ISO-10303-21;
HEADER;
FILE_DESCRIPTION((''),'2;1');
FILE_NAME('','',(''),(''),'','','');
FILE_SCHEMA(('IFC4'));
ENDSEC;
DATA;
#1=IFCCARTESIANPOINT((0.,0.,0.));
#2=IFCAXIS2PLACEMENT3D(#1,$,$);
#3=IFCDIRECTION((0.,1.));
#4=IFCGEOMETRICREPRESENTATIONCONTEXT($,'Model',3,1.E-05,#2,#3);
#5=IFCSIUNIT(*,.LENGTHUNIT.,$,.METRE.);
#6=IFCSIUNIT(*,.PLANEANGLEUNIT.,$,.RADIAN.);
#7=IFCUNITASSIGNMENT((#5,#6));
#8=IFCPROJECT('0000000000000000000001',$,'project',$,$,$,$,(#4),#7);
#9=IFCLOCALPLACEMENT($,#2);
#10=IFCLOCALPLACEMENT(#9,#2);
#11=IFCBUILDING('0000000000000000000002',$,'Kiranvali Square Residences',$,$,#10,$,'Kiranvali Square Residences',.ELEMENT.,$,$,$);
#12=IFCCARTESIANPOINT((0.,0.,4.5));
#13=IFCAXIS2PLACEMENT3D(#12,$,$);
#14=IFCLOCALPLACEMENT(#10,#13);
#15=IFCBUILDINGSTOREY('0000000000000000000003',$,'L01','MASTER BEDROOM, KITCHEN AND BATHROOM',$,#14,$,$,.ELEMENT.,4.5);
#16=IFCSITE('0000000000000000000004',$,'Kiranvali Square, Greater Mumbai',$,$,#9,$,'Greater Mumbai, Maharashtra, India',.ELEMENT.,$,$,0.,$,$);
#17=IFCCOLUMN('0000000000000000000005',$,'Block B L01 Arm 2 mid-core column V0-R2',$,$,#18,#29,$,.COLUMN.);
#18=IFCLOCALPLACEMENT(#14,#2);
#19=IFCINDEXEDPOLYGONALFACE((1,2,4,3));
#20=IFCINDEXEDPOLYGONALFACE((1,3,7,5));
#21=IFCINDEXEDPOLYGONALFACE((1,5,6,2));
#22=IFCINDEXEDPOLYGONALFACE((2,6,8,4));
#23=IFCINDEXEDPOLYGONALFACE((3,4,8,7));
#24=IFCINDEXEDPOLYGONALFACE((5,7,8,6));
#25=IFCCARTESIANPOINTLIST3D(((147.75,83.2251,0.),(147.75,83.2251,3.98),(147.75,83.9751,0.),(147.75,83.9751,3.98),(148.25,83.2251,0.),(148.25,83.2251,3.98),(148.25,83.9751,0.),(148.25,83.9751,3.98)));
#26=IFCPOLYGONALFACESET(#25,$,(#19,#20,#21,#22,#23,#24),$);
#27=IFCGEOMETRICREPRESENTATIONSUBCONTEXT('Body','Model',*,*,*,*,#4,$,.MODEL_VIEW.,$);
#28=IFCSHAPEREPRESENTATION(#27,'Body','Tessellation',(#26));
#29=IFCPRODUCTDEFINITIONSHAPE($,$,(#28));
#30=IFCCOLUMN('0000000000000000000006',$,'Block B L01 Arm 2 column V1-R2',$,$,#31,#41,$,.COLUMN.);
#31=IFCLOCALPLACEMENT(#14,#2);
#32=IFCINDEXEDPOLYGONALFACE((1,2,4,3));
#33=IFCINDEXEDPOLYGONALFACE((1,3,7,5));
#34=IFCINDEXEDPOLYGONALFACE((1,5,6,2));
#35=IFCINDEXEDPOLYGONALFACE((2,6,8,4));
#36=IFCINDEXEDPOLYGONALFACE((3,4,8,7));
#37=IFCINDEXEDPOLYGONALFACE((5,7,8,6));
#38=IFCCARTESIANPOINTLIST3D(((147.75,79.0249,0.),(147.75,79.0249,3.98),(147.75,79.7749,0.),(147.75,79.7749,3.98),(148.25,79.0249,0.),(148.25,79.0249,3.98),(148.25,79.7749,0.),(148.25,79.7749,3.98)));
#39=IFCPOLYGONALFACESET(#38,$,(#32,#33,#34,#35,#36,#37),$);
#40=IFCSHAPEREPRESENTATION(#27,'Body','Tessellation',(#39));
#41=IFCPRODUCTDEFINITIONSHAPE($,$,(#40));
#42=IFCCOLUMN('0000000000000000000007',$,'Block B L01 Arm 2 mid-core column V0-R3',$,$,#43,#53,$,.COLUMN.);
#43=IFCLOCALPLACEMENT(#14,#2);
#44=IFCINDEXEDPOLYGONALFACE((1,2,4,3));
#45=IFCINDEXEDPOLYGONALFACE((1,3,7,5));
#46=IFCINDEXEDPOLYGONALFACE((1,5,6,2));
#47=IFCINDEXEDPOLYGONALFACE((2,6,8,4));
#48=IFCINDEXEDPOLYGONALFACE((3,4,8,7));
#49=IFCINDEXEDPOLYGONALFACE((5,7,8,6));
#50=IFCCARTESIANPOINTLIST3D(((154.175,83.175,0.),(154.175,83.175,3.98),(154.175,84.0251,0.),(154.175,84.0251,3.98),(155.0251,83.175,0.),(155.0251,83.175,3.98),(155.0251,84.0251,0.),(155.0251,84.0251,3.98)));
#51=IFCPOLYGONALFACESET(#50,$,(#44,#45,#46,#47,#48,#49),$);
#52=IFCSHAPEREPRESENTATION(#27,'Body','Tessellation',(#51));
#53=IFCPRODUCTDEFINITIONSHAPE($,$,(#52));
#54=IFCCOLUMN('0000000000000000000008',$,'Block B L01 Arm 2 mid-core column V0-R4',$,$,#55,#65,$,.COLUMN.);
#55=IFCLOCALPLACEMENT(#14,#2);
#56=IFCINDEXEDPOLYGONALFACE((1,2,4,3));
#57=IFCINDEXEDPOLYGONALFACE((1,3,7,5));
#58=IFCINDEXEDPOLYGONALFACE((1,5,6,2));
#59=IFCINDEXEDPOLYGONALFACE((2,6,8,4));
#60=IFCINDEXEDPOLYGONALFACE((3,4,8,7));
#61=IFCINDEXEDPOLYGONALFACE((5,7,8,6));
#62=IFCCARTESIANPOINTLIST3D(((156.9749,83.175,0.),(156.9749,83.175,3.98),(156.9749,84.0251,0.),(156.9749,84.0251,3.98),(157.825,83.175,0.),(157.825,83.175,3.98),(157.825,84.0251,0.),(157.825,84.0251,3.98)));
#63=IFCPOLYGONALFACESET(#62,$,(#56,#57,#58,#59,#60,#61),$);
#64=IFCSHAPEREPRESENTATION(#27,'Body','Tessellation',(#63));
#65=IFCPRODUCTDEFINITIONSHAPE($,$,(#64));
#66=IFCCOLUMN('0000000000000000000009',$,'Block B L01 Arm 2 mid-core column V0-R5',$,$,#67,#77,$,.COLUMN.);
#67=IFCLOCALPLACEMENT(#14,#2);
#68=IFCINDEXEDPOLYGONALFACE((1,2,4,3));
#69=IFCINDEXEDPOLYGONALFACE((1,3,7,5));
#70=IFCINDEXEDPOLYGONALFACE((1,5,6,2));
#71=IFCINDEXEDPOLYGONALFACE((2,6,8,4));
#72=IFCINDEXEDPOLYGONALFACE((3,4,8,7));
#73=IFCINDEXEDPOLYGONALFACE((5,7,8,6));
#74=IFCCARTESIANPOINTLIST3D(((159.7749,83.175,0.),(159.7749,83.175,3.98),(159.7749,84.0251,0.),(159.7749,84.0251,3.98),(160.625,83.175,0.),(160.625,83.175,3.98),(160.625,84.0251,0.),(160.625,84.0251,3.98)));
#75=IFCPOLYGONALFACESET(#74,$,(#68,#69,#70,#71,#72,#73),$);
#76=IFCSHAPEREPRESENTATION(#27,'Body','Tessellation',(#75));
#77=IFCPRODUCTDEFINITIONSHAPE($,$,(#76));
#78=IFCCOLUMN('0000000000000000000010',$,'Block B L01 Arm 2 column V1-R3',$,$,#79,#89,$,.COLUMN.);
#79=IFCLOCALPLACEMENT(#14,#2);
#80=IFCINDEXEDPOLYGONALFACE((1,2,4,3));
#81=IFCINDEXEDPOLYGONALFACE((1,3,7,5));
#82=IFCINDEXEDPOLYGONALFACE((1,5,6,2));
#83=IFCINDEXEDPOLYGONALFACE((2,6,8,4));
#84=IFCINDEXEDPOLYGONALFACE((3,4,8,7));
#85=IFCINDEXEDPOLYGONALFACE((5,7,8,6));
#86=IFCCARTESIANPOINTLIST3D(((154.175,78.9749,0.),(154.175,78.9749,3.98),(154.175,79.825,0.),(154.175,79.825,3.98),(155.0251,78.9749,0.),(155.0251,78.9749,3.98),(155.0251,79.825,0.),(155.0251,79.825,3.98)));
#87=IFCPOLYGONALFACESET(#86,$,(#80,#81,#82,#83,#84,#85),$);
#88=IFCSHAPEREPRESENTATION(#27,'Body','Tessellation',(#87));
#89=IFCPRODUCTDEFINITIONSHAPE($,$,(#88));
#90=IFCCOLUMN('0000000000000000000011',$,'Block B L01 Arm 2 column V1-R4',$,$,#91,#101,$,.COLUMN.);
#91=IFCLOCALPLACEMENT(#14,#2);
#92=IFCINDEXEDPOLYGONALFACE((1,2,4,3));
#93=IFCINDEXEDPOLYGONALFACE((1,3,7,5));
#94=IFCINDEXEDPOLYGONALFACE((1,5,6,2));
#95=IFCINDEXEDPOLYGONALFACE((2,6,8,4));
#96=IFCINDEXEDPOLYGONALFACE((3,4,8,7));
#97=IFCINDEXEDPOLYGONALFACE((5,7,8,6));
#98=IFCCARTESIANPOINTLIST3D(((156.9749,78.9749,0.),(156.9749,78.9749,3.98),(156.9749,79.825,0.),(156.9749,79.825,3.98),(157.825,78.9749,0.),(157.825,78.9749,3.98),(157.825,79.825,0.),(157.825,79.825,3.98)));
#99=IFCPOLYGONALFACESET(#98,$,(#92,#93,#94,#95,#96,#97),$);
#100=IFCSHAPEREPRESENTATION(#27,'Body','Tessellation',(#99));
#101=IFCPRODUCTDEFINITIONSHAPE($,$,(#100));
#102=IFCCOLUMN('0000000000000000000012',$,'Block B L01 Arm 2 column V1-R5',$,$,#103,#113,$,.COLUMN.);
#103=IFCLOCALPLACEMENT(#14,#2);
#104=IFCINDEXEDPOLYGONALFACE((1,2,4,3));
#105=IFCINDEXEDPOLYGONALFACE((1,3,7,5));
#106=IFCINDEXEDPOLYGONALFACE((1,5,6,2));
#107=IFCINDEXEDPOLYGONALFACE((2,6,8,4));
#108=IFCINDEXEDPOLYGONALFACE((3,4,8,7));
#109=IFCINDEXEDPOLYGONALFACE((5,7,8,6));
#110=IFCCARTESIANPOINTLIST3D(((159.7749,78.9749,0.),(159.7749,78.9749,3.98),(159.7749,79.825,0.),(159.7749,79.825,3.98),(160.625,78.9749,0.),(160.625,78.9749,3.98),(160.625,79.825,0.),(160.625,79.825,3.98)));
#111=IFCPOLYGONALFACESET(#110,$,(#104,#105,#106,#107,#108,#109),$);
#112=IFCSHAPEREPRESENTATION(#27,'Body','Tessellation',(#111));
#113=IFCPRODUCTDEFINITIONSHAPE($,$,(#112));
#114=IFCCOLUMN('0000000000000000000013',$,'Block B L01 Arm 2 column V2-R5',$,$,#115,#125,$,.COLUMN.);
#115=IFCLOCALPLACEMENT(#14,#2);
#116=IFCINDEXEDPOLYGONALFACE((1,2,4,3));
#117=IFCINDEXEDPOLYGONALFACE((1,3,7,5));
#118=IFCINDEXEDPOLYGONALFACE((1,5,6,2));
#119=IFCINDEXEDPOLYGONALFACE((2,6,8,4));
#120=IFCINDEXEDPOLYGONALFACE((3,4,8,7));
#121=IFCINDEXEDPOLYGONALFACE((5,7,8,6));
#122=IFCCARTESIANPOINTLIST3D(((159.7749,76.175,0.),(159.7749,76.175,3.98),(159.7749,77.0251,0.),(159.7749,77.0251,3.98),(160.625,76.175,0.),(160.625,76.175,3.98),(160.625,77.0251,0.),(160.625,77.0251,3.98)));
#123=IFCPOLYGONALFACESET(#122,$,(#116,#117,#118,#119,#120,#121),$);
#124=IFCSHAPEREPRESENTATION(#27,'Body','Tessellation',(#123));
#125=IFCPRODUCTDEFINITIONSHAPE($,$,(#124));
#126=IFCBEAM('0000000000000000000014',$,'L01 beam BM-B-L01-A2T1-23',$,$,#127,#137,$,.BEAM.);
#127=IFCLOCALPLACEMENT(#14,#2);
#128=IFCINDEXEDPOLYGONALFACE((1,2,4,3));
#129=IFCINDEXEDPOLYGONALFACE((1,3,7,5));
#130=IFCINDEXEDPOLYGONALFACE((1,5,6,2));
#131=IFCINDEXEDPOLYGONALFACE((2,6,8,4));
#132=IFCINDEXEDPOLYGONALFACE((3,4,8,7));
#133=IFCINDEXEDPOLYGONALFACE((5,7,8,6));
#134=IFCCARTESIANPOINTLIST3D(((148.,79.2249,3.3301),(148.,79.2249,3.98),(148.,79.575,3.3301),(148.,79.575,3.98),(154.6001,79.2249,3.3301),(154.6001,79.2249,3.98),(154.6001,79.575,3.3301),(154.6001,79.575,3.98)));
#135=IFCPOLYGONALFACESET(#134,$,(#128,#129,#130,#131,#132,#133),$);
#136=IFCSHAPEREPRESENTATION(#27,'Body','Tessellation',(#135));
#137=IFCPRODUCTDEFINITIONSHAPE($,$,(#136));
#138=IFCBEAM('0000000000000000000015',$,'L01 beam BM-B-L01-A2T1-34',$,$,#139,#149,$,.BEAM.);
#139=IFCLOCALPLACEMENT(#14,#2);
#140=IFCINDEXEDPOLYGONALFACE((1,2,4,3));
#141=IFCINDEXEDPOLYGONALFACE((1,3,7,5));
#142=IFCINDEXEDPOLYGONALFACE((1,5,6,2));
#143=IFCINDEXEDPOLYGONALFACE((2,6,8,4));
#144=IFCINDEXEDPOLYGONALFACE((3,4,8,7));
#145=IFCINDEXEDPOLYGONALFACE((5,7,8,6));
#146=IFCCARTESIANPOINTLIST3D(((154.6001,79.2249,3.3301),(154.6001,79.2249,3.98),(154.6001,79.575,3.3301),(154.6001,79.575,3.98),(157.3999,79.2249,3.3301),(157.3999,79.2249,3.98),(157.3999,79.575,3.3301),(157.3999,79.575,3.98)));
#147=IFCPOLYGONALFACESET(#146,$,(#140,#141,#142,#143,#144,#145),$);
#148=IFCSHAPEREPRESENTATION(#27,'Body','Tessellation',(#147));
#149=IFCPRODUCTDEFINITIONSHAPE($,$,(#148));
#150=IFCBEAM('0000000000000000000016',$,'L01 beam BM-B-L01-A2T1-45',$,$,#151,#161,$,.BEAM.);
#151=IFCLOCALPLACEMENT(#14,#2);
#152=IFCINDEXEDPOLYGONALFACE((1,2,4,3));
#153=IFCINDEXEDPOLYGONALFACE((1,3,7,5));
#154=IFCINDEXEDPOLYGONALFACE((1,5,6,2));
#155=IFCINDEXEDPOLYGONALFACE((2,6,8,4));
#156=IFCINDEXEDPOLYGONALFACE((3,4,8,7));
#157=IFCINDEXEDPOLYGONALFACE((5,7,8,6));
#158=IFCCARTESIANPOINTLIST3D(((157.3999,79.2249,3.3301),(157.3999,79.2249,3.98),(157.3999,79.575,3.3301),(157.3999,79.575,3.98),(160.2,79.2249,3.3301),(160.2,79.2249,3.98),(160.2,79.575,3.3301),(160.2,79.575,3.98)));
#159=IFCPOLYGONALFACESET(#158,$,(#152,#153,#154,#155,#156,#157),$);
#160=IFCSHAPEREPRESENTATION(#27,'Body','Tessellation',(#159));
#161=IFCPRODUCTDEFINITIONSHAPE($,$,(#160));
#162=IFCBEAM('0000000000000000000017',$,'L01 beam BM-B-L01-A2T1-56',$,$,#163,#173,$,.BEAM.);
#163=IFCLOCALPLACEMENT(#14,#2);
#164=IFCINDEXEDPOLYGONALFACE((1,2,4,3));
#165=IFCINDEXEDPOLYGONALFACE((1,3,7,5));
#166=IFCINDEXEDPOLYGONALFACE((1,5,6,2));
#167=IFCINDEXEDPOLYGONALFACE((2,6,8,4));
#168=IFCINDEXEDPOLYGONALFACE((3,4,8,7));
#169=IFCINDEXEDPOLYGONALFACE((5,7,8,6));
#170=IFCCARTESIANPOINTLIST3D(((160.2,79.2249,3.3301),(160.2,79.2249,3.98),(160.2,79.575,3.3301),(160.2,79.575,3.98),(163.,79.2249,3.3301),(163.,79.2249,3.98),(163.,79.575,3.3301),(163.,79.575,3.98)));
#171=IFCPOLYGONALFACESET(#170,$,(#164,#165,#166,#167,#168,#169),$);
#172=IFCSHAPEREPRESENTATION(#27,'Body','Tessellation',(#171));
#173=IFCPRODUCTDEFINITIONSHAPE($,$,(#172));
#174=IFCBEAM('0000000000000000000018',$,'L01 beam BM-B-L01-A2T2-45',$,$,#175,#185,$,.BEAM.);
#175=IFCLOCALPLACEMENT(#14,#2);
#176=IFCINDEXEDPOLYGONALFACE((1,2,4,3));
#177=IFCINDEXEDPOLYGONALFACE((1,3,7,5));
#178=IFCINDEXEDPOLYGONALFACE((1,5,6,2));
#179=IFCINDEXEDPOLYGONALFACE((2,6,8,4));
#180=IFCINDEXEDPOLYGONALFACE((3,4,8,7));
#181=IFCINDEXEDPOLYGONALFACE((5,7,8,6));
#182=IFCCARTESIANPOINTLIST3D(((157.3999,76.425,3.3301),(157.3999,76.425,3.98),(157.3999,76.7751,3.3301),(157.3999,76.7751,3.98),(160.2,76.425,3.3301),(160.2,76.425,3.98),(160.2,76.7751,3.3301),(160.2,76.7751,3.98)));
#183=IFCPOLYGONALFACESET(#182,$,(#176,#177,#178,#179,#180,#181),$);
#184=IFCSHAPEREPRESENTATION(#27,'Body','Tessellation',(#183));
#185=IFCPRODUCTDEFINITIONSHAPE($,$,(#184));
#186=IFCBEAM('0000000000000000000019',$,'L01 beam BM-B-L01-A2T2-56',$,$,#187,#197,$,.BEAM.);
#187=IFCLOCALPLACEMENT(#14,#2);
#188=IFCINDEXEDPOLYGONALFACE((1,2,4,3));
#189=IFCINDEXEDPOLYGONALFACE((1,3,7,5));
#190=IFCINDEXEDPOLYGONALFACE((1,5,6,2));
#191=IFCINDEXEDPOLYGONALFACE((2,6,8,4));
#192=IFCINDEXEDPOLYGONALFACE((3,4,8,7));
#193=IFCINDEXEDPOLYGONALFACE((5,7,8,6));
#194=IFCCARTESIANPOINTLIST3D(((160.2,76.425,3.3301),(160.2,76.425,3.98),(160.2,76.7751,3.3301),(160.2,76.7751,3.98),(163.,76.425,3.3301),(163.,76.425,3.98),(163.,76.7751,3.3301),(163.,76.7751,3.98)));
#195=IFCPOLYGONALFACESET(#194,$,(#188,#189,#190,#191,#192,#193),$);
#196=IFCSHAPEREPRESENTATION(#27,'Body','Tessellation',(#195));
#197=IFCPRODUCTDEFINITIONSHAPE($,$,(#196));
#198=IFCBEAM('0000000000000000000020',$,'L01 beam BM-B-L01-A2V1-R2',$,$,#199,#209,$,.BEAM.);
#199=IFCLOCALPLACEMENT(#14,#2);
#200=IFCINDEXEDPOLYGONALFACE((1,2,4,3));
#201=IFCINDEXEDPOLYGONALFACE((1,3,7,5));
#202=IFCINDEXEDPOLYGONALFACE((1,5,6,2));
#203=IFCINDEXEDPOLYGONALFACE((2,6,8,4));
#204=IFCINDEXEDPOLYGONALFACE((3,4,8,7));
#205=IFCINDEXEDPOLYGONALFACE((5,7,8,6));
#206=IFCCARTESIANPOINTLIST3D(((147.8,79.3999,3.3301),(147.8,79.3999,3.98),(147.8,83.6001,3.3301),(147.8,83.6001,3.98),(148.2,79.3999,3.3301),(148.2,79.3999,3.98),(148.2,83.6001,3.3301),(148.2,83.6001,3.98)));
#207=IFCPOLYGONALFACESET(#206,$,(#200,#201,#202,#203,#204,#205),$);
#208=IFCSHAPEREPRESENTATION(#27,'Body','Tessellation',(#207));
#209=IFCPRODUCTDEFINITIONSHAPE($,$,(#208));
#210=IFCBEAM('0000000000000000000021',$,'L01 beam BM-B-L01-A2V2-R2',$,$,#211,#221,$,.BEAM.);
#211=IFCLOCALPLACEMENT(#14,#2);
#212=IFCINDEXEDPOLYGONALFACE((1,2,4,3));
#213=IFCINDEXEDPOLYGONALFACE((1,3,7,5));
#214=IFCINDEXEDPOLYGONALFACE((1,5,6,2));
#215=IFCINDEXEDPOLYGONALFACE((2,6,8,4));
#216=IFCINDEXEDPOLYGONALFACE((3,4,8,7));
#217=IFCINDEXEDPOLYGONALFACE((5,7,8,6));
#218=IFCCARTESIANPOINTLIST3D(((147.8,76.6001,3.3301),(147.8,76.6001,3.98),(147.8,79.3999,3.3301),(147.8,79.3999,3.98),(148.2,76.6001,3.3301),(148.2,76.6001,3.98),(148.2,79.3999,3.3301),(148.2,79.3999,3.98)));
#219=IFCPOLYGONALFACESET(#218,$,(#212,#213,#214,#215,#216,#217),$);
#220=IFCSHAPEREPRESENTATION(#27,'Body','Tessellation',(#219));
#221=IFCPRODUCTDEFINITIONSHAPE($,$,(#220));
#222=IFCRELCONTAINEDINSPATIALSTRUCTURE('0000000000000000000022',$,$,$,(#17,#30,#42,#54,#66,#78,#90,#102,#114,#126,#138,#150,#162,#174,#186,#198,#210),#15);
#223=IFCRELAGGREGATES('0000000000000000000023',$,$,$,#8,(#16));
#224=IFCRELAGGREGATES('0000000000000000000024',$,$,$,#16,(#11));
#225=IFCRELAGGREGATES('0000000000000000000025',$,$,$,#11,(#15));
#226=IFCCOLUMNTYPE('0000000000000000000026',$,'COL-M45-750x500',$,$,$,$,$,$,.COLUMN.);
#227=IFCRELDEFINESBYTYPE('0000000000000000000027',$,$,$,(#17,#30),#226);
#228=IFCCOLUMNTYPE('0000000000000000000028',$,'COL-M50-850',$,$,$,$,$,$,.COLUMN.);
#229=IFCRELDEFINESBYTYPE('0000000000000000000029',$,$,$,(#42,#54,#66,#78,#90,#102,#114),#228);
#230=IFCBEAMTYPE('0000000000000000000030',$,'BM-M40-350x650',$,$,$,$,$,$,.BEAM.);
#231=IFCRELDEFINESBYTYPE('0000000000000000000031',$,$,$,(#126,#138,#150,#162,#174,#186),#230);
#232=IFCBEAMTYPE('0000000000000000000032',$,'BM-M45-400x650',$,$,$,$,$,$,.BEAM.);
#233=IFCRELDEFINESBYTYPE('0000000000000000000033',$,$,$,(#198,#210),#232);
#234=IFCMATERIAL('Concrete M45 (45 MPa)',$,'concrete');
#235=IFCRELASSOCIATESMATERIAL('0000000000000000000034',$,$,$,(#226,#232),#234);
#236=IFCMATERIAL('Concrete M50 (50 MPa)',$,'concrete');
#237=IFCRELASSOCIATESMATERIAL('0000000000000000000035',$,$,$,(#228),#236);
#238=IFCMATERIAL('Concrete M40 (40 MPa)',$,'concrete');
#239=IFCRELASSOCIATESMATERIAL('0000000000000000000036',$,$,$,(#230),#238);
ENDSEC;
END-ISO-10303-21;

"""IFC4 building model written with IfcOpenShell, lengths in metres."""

from ifc_helpers import new_model, si_unit, direction, frame, origin, origin_2d, place, context, subcontext, project, spatial, rectangle, extrude, material, material_profile, profile_set, type_object, element, save


model = new_model("IFC4")

# Units and contexts
model_context = context("Model", 3, precision=1e-05, world=origin(), true_north=direction((0.0, 1.0)))
body_context = subcontext(model_context, "Body", "Model", "MODEL_VIEW")
ifc_project = project(units=[si_unit("LENGTHUNIT", "METRE"), si_unit("PLANEANGLEUNIT", "RADIAN")], contexts=[model_context])

# Site, building, storey
site_placement = place(None, origin())
site = spatial("IfcSite", under=ifc_project, at=site_placement, Name="Kiranvali Square, Greater Mumbai", LongName="Greater Mumbai, Maharashtra, India", CompositionType="ELEMENT", RefElevation=0.0)
building_placement = place(site_placement, origin())
building = spatial("IfcBuilding", under=site, at=building_placement, Name="Kiranvali Square Residences", LongName="Kiranvali Square Residences", CompositionType="ELEMENT")
storey_placement = place(building_placement, frame((0.0, 0.0, 4.5)))
storey = spatial("IfcBuildingStorey", under=building, at=storey_placement, Name="L01", Description="MASTER BEDROOM, KITCHEN AND BATHROOM", CompositionType="ELEMENT", Elevation=4.5)

# Columns
ifc_material_1 = material(Name="Concrete M45 (45 MPa)", Category="concrete")
ifc_material_profile_1 = material_profile(ifc_material_1, rectangle(XDim=0.5, YDim=0.75, at=origin_2d()), Name="RC 750x500")
ifc_profile_set_1 = profile_set([ifc_material_profile_1], Name="Concrete M45 (45 MPa)")
column_type_1 = type_object("IfcColumnType", Name="COL-M45-750x500", PredefinedType="COLUMN", material=ifc_profile_set_1)
for number, where, z_axis, x_axis, name in (
    (1, (148.0, 83.6001, 0.0), (0.0, 0.0, 1.0), (1.0, 0.0, 0.0), "Block B L01 Arm 2 mid-core column V0-R2"),
    (2, (148.0, 79.3999, 0.0), (0.0, 0.0, 1.0), (1.0, 0.0, 0.0), "Block B L01 Arm 2 column V1-R2"),
):
    element("IfcColumn", number, at=place(storey_placement, frame(where, z_axis=z_axis, x_axis=x_axis)), inside=storey, type_object=column_type_1, Name=name, PredefinedType="COLUMN", context=body_context, shape_type="SweptSolid", body=[
        extrude(rectangle(XDim=0.5, YDim=0.75, at=origin_2d()), origin(), (0.0, 0.0, 1.0), 3.98),
    ])
ifc_material_2 = material(Name="Concrete M50 (50 MPa)", Category="concrete")
ifc_material_profile_2 = material_profile(ifc_material_2, rectangle(XDim=0.8501, YDim=0.8501, at=origin_2d()), Name="RC 850x850")
ifc_profile_set_2 = profile_set([ifc_material_profile_2], Name="Concrete M50 (50 MPa)")
column_type_2 = type_object("IfcColumnType", Name="COL-M50-850", PredefinedType="COLUMN", material=ifc_profile_set_2)
for number, where, z_axis, x_axis, name in (
    (3, (154.6001, 83.6001, 0.0), (0.0, 0.0, 1.0), (1.0, 0.0, 0.0), "Block B L01 Arm 2 mid-core column V0-R3"),
    (4, (157.3999, 83.6001, 0.0), (0.0, 0.0, 1.0), (1.0, 0.0, 0.0), "Block B L01 Arm 2 mid-core column V0-R4"),
    (5, (160.2, 83.6001, 0.0), (0.0, 0.0, 1.0), (1.0, 0.0, 0.0), "Block B L01 Arm 2 mid-core column V0-R5"),
    (6, (154.6001, 79.3999, 0.0), (0.0, 0.0, 1.0), (1.0, 0.0, 0.0), "Block B L01 Arm 2 column V1-R3"),
    (7, (157.3999, 79.3999, 0.0), (0.0, 0.0, 1.0), (1.0, 0.0, 0.0), "Block B L01 Arm 2 column V1-R4"),
    (8, (160.2, 79.3999, 0.0), (0.0, 0.0, 1.0), (1.0, 0.0, 0.0), "Block B L01 Arm 2 column V1-R5"),
    (9, (160.2, 76.6001, 0.0), (0.0, 0.0, 1.0), (1.0, 0.0, 0.0), "Block B L01 Arm 2 column V2-R5"),
):
    element("IfcColumn", number, at=place(storey_placement, frame(where, z_axis=z_axis, x_axis=x_axis)), inside=storey, type_object=column_type_2, Name=name, PredefinedType="COLUMN", context=body_context, shape_type="SweptSolid", body=[
        extrude(rectangle(XDim=0.8501, YDim=0.8501, at=origin_2d()), origin(), (0.0, 0.0, 1.0), 3.98),
    ])

# Beams
ifc_material_3 = material(Name="Concrete M40 (40 MPa)", Category="concrete")
ifc_material_profile_3 = material_profile(ifc_material_3, rectangle(XDim=0.3501, YDim=0.6499, at=origin_2d()), Name="RC 350x650")
ifc_profile_set_3 = profile_set([ifc_material_profile_3], Name="Concrete M40 (40 MPa)")
beam_type_1 = type_object("IfcBeamType", Name="BM-M40-350x650", PredefinedType="BEAM", material=ifc_profile_set_3)
beam_1_placement = place(storey_placement, frame((148.0, 79.3999, 3.655), z_axis=(1.0, 0.0, 0.0), x_axis=(0.0, 1.0, 0.0)))
element("IfcBeam", 10, at=beam_1_placement, inside=storey, type_object=beam_type_1, Name="L01 beam BM-B-L01-A2T1-23", PredefinedType="BEAM", context=body_context, shape_type="SweptSolid", body=[
    extrude(rectangle(XDim=0.3501, YDim=0.6499, at=origin_2d()), origin(), (0.0, 0.0, 1.0), 6.6001),
])
beam_2_placement = place(storey_placement, frame((154.6001, 79.3999, 3.655), z_axis=(1.0, 0.0, 0.0), x_axis=(0.0, 1.0, 0.0)))
element("IfcBeam", 11, at=beam_2_placement, inside=storey, type_object=beam_type_1, Name="L01 beam BM-B-L01-A2T1-34", PredefinedType="BEAM", context=body_context, shape_type="SweptSolid", body=[
    extrude(rectangle(XDim=0.3501, YDim=0.6499, at=origin_2d()), origin(), (0.0, 0.0, 1.0), 2.7998),
])
for number, where, z_axis, x_axis, name in (
    (12, (157.3999, 79.3999, 3.655), (1.0, 0.0, 0.0), (0.0, 1.0, 0.0), "L01 beam BM-B-L01-A2T1-45"),
    (13, (160.2, 79.3999, 3.655), (1.0, 0.0, 0.0), (0.0, 1.0, 0.0), "L01 beam BM-B-L01-A2T1-56"),
    (14, (157.3999, 76.6001, 3.655), (1.0, 0.0, 0.0), (0.0, 1.0, 0.0), "L01 beam BM-B-L01-A2T2-45"),
    (15, (160.2, 76.6001, 3.655), (1.0, 0.0, 0.0), (0.0, 1.0, 0.0), "L01 beam BM-B-L01-A2T2-56"),
):
    element("IfcBeam", number, at=place(storey_placement, frame(where, z_axis=z_axis, x_axis=x_axis)), inside=storey, type_object=beam_type_1, Name=name, PredefinedType="BEAM", context=body_context, shape_type="SweptSolid", body=[
        extrude(rectangle(XDim=0.3501, YDim=0.6499, at=origin_2d()), origin(), (0.0, 0.0, 1.0), 2.8),
    ])
ifc_material_profile_4 = material_profile(ifc_material_1, rectangle(XDim=0.3999, YDim=0.6499, at=origin_2d()), Name="RC 400x650")
ifc_profile_set_4 = profile_set([ifc_material_profile_4], Name="Concrete M45 (45 MPa)")
beam_type_2 = type_object("IfcBeamType", Name="BM-M45-400x650", PredefinedType="BEAM", material=ifc_profile_set_4)
beam_3_placement = place(storey_placement, frame((148.0, 83.6001, 3.655), z_axis=(0.0, -1.0, 0.0), x_axis=(1.0, 0.0, 0.0)))
element("IfcBeam", 16, at=beam_3_placement, inside=storey, type_object=beam_type_2, Name="L01 beam BM-B-L01-A2V1-R2", PredefinedType="BEAM", context=body_context, shape_type="SweptSolid", body=[
    extrude(rectangle(XDim=0.3999, YDim=0.6499, at=origin_2d()), origin(), (0.0, 0.0, 1.0), 4.2002),
])
beam_4_placement = place(storey_placement, frame((148.0, 79.3999, 3.655), z_axis=(0.0, -1.0, 0.0), x_axis=(1.0, 0.0, 0.0)))
element("IfcBeam", 17, at=beam_4_placement, inside=storey, type_object=beam_type_2, Name="L01 beam BM-B-L01-A2V2-R2", PredefinedType="BEAM", context=body_context, shape_type="SweptSolid", body=[
    extrude(rectangle(XDim=0.3999, YDim=0.6499, at=origin_2d()), origin(), (0.0, 0.0, 1.0), 2.7998),
])

save(model, "model.ifc")
